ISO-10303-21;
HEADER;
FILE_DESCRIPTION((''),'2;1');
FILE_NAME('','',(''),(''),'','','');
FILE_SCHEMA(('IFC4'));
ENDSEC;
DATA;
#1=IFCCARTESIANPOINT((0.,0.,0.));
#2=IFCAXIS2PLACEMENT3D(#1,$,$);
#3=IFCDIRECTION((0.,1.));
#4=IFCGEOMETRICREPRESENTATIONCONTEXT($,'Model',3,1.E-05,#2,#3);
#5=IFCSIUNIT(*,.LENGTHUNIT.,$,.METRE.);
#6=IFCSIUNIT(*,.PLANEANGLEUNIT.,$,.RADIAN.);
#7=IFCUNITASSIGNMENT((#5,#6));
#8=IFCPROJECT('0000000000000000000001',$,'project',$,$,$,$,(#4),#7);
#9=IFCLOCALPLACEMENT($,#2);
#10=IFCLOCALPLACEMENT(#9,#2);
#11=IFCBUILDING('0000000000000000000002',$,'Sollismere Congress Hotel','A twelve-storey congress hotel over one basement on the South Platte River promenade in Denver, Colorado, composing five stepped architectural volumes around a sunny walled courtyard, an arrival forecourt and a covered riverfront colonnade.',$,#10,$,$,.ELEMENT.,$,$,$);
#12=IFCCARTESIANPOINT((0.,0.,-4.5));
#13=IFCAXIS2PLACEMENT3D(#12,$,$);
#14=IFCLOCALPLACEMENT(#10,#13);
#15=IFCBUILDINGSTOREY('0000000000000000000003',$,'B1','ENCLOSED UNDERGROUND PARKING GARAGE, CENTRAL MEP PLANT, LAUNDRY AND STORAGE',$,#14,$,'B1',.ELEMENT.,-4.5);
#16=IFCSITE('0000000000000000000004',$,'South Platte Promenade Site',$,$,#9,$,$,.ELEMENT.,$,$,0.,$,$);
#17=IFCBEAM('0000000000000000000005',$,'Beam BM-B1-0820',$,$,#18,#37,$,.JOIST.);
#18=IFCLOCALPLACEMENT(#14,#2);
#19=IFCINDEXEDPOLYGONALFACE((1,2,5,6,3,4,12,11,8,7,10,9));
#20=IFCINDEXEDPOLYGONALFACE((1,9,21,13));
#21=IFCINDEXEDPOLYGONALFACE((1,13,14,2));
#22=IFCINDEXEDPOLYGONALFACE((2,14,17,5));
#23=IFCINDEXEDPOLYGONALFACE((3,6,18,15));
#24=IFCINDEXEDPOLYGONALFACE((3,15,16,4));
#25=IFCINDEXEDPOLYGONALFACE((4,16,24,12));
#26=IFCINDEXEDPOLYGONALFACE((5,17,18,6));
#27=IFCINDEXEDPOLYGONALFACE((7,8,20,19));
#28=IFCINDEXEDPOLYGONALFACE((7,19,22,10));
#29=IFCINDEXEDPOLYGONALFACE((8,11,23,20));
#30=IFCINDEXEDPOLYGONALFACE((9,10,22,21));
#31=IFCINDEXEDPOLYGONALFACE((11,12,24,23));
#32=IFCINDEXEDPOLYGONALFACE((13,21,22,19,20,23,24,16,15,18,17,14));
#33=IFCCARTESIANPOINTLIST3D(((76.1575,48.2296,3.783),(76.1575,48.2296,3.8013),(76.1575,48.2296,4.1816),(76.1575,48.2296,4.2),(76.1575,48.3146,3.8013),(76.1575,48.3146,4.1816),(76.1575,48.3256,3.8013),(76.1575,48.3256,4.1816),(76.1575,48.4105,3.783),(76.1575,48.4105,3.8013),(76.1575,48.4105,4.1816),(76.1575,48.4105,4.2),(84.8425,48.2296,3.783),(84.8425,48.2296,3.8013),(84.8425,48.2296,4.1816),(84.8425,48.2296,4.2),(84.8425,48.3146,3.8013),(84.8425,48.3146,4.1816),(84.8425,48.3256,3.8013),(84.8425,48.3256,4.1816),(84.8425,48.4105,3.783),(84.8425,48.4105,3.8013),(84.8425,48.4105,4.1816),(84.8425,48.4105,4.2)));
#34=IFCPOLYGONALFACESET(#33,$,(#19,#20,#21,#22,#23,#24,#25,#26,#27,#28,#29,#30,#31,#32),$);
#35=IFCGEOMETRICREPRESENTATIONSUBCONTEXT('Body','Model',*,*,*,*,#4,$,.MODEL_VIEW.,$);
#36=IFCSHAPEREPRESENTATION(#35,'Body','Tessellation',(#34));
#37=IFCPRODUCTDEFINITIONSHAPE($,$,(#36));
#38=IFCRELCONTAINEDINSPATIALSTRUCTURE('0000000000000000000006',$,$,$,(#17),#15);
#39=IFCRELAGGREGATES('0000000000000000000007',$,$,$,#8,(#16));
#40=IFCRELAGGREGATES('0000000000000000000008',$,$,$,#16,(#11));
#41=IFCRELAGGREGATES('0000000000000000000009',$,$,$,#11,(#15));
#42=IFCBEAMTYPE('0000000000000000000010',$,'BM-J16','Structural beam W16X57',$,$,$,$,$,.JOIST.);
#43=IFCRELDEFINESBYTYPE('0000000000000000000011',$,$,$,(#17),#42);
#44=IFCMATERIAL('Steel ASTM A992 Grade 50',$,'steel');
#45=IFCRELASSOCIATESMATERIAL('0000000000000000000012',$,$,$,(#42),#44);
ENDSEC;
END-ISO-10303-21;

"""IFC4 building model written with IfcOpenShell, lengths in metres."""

from ifc_helpers import new_model, si_unit, direction, frame, origin, origin_2d, place, context, subcontext, project, spatial, i_section, extrude, material, material_profile, profile_set, type_object, element, save


model = new_model("IFC4")

# Units and contexts
model_context = context("Model", 3, precision=1e-05, world=origin(), true_north=direction((0.0, 1.0)))
body_context = subcontext(model_context, "Body", "Model", "MODEL_VIEW")
ifc_project = project(units=[si_unit("LENGTHUNIT", "METRE"), si_unit("PLANEANGLEUNIT", "RADIAN")], contexts=[model_context])

# Site, building, storey
site_placement = place(None, origin())
site = spatial("IfcSite", under=ifc_project, at=site_placement, Name="South Platte Promenade Site", CompositionType="ELEMENT", RefElevation=0.0)
building_placement = place(site_placement, origin())
building = spatial("IfcBuilding", under=site, at=building_placement, Name="Sollismere Congress Hotel", Description="A twelve-storey congress hotel over one basement on the South Platte River promenade in Denver, Colorado, composing five stepped architectural volumes around a sunny walled courtyard, an arrival forecourt and a covered riverfront colonnade.", CompositionType="ELEMENT")
storey_placement = place(building_placement, frame((0.0, 0.0, -4.5)))
storey = spatial("IfcBuildingStorey", under=building, at=storey_placement, Name="B1", Description="ENCLOSED UNDERGROUND PARKING GARAGE, CENTRAL MEP PLANT, LAUNDRY AND STORAGE", LongName="B1", CompositionType="ELEMENT", Elevation=-4.5)

# Beam
ifc_material_1 = material(Name="Steel ASTM A992 Grade 50", Category="steel")
ifc_material_profile_1 = material_profile(ifc_material_1, i_section(OverallWidth=0.1809, OverallDepth=0.417, WebThickness=0.011, FlangeThickness=0.0183, at=origin_2d()), Name="W16X57")
ifc_profile_set_1 = profile_set([ifc_material_profile_1], Name="Steel ASTM A992 Grade 50")
beam_type_1 = type_object("IfcBeamType", Name="BM-J16", Description="Structural beam W16X57", PredefinedType="JOIST", material=ifc_profile_set_1)
for number, where, z_axis, x_axis, name in (
    (1, (76.1575, 48.3201, 3.9915), (1.0, 0.0, 0.0), (0.0, 1.0, 0.0), "Beam BM-B1-0820"),
):
    element("IfcBeam", number, at=place(storey_placement, frame(where, z_axis=z_axis, x_axis=x_axis)), inside=storey, type_object=beam_type_1, Name=name, PredefinedType="JOIST", context=body_context, shape_type="SweptSolid", body=[
        extrude(i_section(OverallWidth=0.1809, OverallDepth=0.417, WebThickness=0.011, FlangeThickness=0.0183, at=origin_2d()), origin(), (0.0, 0.0, 1.0), 8.6851),
    ])

save(model, "model.ifc")
